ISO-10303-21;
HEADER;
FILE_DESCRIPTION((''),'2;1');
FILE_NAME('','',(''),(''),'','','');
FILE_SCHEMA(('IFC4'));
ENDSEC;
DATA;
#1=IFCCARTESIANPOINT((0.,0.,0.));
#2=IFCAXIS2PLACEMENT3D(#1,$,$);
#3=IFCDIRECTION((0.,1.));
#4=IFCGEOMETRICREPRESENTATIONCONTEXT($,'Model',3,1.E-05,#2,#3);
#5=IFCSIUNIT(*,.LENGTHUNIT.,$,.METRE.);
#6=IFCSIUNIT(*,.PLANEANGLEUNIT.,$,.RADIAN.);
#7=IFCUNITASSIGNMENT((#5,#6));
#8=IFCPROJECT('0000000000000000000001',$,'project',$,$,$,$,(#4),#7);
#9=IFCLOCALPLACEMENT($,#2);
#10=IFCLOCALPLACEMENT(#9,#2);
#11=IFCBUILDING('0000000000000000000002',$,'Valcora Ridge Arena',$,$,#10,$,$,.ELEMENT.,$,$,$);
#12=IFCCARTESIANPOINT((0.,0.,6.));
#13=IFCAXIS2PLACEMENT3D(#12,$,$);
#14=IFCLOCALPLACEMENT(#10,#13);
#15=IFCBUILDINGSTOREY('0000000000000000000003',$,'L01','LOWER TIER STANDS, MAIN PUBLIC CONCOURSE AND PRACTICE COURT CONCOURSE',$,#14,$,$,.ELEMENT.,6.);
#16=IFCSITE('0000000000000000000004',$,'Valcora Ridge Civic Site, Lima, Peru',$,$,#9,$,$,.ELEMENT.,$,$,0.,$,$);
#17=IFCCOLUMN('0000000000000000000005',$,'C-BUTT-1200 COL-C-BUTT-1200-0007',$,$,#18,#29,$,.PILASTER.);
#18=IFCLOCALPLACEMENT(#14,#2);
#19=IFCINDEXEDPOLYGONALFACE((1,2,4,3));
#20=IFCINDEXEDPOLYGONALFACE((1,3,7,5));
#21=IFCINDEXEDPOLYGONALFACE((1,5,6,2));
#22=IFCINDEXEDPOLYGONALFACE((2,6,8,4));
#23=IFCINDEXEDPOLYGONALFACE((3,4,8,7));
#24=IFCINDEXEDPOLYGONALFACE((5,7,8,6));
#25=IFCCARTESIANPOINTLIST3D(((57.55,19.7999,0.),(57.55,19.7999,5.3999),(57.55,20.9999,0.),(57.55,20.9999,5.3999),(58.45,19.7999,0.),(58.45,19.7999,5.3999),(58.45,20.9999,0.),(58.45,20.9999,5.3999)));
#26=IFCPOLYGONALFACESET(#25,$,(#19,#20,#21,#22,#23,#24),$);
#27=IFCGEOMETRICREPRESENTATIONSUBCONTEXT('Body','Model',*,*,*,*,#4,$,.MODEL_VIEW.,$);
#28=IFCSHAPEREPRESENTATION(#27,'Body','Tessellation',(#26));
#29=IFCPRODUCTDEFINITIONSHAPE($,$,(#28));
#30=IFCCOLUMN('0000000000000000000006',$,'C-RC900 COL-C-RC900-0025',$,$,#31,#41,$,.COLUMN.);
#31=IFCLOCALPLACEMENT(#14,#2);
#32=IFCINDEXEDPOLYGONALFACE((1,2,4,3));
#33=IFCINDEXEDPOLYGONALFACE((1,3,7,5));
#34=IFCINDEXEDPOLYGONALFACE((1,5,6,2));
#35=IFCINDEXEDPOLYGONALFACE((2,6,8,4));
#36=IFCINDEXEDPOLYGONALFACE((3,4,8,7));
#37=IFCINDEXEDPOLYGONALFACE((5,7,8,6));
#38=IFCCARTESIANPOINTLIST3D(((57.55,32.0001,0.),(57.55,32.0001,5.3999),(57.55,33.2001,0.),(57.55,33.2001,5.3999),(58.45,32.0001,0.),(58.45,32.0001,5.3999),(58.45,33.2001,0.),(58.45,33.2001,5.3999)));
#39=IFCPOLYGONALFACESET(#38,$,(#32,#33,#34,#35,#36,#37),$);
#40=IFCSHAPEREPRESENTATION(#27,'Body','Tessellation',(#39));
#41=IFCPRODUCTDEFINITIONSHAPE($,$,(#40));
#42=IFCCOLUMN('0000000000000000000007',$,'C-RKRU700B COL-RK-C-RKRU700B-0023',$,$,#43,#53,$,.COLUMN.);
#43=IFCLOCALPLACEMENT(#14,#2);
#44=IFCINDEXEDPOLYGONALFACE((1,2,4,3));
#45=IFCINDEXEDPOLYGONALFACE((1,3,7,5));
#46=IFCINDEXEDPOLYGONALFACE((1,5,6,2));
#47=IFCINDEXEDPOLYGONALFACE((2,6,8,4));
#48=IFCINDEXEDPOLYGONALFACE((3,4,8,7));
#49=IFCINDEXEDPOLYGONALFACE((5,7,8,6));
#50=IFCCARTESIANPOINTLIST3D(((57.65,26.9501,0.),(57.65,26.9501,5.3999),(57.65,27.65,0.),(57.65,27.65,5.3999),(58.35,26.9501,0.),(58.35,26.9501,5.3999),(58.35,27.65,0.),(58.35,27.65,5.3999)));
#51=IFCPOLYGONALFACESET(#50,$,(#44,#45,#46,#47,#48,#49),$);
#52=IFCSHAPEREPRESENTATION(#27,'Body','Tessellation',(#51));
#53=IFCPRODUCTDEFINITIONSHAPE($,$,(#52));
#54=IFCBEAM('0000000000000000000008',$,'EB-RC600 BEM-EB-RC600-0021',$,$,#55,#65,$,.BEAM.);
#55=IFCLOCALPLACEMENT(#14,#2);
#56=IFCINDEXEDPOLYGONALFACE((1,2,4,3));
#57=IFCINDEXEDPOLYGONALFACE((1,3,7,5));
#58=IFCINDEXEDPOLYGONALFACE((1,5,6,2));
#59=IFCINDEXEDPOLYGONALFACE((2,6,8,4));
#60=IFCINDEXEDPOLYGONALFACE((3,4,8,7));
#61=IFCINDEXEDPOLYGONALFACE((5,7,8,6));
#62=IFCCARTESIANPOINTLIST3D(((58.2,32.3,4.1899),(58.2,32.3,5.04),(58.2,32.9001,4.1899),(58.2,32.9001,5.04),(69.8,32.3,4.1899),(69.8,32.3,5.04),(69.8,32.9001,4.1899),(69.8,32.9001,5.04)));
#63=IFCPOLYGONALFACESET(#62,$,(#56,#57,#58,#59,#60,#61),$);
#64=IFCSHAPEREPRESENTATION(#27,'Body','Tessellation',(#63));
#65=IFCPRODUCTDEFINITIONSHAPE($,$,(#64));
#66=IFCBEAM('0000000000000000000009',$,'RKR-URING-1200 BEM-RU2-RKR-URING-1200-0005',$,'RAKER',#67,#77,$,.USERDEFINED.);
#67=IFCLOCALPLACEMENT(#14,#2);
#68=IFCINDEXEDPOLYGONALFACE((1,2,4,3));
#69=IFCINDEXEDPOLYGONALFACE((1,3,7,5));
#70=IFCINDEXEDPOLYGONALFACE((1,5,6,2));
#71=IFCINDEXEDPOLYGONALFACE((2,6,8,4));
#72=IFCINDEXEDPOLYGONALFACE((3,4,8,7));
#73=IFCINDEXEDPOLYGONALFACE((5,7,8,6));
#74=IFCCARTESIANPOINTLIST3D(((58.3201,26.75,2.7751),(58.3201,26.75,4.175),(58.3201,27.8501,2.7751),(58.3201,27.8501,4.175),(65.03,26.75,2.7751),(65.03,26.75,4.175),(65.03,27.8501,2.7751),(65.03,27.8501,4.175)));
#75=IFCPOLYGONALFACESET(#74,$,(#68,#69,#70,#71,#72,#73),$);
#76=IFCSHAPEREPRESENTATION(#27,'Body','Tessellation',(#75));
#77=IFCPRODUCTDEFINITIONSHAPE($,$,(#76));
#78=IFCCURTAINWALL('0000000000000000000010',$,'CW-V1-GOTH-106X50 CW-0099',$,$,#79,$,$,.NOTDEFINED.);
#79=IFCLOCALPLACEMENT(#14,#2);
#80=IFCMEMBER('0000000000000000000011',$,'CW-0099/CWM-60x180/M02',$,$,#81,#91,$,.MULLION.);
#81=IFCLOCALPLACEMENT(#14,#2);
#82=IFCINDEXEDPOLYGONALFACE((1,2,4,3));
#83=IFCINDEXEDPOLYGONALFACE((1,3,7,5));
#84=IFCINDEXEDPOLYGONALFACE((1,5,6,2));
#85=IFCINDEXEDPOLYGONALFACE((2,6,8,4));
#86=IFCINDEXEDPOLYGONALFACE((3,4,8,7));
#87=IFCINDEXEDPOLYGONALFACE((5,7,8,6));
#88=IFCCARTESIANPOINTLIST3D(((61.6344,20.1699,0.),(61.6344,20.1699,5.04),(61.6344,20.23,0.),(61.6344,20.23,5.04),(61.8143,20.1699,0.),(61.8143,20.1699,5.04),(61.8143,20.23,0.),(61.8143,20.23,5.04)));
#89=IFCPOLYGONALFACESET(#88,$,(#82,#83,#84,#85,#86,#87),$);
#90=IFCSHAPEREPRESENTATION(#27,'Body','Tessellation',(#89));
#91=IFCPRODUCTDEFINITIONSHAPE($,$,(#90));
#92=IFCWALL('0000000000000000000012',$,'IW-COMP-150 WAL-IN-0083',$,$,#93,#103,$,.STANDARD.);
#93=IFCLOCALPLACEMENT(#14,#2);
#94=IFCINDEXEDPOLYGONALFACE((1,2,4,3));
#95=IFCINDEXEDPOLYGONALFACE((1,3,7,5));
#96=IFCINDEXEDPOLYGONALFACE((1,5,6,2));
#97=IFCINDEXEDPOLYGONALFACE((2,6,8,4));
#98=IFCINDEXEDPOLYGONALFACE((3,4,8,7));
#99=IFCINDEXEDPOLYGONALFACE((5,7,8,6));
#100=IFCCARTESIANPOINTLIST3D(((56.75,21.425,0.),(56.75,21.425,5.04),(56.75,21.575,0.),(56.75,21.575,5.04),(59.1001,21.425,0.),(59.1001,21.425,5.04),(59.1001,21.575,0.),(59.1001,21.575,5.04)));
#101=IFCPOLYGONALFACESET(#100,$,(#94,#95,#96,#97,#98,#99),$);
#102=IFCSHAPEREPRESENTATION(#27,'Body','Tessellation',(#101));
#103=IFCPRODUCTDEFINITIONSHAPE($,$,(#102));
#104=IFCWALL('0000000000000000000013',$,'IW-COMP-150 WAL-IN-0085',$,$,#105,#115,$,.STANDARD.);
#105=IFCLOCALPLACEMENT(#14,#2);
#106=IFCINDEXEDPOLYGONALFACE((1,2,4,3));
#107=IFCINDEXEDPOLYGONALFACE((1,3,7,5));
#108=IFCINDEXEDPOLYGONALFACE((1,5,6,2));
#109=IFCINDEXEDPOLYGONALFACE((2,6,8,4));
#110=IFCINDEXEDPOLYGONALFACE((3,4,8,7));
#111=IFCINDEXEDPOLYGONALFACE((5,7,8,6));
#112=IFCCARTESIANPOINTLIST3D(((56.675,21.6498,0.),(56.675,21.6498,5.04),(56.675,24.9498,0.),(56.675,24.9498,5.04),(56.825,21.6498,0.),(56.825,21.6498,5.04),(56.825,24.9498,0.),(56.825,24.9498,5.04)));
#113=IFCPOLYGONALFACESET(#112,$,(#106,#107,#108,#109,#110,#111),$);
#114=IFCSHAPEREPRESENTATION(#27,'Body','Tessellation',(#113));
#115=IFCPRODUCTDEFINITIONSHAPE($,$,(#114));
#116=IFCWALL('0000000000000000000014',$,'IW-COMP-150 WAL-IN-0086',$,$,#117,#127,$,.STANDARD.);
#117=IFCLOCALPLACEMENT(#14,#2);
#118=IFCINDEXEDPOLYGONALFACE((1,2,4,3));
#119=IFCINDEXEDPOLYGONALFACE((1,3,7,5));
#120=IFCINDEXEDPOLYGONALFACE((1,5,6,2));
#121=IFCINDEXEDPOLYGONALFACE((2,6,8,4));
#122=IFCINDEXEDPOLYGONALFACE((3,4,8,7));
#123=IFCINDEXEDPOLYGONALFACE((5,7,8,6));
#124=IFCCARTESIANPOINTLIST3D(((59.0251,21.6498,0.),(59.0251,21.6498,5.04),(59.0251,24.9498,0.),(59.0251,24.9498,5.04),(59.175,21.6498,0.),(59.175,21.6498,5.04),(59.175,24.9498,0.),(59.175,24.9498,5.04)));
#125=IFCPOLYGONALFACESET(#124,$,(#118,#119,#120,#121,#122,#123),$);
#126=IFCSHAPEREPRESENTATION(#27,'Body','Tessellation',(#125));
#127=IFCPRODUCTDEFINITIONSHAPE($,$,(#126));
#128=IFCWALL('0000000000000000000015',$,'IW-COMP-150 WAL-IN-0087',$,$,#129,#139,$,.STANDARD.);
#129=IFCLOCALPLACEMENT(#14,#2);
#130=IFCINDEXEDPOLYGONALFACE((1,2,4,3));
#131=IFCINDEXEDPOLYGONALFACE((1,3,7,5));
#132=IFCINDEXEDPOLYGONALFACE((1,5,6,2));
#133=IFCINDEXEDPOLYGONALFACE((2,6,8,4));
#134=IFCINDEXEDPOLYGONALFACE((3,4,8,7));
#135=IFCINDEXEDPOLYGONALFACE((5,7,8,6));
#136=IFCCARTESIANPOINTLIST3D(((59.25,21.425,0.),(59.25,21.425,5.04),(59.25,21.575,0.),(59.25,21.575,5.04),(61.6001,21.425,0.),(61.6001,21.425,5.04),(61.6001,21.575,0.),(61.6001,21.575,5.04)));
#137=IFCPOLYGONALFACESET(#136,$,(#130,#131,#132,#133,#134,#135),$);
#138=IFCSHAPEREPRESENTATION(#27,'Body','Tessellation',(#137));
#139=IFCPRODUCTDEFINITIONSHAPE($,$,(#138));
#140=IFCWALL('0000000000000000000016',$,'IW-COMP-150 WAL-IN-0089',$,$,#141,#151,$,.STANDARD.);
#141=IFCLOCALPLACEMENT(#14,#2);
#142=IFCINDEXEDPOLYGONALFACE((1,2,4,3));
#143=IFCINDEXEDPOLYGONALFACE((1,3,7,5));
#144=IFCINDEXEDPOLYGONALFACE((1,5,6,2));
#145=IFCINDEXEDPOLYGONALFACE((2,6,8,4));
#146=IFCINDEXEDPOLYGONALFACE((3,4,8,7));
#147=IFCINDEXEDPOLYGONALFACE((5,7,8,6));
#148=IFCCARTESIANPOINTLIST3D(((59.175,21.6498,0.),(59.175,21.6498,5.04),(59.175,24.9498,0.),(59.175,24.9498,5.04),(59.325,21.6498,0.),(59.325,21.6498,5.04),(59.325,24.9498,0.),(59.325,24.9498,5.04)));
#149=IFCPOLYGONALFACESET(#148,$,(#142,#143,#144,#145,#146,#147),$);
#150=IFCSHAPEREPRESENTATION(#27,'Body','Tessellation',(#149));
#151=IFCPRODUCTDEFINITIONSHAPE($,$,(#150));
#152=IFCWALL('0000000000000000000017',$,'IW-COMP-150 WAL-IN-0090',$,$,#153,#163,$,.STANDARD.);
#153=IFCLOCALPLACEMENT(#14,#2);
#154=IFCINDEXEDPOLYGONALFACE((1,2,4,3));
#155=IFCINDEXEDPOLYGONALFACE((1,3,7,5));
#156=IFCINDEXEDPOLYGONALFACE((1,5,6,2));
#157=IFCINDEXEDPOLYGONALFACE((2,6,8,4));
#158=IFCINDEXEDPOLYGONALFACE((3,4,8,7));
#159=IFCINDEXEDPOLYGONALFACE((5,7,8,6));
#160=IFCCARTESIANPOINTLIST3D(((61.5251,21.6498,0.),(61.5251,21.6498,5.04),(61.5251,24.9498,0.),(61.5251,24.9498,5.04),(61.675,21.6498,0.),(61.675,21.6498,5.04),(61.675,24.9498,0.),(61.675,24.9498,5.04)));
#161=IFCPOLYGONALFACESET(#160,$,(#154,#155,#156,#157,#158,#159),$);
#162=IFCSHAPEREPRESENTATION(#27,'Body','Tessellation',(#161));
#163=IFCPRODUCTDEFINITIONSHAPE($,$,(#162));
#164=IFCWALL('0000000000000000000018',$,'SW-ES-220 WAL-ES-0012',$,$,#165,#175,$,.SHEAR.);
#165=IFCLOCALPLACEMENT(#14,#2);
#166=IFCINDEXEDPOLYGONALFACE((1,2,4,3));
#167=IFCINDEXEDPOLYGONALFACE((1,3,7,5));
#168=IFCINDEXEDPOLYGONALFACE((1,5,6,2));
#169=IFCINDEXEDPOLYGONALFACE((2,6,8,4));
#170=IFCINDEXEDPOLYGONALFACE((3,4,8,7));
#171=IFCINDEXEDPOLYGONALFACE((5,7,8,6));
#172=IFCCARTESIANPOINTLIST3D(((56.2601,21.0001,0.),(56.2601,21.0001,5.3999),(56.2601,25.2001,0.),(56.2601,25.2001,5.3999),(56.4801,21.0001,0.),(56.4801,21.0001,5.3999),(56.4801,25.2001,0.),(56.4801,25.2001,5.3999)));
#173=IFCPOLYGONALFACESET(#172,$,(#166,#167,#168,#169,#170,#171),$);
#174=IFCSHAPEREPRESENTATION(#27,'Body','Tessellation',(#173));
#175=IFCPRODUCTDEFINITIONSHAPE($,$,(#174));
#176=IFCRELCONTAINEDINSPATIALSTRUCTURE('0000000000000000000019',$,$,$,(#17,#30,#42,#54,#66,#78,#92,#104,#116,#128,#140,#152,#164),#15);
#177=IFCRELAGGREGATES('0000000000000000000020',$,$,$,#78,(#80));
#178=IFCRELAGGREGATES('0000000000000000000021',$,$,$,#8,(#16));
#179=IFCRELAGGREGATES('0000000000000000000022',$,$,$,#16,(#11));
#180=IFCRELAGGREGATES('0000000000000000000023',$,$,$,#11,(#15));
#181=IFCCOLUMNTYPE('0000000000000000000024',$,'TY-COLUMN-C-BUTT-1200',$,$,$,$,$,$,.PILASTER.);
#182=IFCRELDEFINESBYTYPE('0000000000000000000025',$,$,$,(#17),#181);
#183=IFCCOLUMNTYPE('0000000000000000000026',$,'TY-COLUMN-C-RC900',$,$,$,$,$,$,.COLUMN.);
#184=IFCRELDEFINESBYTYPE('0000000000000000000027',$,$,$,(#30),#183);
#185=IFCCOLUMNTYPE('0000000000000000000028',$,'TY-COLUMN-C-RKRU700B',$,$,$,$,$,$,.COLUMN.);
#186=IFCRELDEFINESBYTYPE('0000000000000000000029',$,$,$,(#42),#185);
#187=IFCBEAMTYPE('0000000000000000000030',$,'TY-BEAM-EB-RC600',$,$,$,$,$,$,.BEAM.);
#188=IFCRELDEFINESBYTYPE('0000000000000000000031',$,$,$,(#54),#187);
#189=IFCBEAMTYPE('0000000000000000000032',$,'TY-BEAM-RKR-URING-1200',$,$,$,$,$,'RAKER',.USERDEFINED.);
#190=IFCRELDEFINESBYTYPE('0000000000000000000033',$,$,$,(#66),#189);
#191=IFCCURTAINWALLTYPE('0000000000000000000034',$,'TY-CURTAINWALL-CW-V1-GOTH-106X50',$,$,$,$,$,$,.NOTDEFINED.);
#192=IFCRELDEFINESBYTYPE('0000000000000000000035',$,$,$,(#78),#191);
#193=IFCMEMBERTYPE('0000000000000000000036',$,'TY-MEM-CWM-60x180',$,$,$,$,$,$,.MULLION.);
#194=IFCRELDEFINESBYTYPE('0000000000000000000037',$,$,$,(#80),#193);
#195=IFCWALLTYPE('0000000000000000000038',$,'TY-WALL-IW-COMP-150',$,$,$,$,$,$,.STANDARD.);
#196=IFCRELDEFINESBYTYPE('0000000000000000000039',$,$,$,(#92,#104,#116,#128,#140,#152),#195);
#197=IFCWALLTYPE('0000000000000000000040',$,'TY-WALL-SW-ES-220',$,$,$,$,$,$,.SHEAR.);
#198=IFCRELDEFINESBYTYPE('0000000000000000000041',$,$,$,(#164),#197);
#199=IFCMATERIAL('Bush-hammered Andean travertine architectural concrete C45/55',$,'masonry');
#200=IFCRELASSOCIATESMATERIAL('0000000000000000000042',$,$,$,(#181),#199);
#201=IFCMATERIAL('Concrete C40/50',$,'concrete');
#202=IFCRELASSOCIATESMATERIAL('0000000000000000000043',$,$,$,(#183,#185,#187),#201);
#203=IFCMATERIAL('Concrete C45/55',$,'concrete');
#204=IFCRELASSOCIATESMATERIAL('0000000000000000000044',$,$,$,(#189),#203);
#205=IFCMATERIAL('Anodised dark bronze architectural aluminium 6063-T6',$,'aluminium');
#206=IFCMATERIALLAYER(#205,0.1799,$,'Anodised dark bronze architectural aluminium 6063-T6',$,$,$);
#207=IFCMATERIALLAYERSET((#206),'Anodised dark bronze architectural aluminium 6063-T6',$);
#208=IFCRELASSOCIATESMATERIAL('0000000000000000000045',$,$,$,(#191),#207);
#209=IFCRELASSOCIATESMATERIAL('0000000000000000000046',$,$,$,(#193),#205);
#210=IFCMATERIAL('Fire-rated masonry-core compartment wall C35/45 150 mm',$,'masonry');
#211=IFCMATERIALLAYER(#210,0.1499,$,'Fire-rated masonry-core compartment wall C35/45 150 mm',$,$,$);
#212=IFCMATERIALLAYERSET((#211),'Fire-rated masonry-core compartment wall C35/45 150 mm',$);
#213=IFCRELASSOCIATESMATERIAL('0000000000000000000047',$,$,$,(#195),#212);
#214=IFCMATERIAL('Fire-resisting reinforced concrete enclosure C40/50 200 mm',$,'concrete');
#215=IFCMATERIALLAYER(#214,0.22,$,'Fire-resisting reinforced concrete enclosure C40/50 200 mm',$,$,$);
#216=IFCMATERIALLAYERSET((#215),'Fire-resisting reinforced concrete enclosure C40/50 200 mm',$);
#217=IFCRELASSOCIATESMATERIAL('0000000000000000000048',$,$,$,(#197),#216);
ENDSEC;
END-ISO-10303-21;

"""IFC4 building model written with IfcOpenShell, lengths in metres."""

from ifc_helpers import new_model, si_unit, direction, frame, frame_2d, origin, origin_2d, place, context, subcontext, project, spatial, rectangle, extrude, material, layer, layer_set, material_profile, profile_set, type_object, element, aggregate, save


model = new_model("IFC4")

# Units and contexts
model_context = context("Model", 3, precision=1e-05, world=origin(), true_north=direction((0.0, 1.0)))
body_context = subcontext(model_context, "Body", "Model", "MODEL_VIEW")
ifc_project = project(units=[si_unit("LENGTHUNIT", "METRE"), si_unit("PLANEANGLEUNIT", "RADIAN")], contexts=[model_context])

# Site, building, storey
site_placement = place(None, origin())
site = spatial("IfcSite", under=ifc_project, at=site_placement, Name="Valcora Ridge Civic Site, Lima, Peru", CompositionType="ELEMENT", RefElevation=0.0)
building_placement = place(site_placement, origin())
building = spatial("IfcBuilding", under=site, at=building_placement, Name="Valcora Ridge Arena", CompositionType="ELEMENT")
storey_placement = place(building_placement, frame((0.0, 0.0, 6.0)))
storey = spatial("IfcBuildingStorey", under=building, at=storey_placement, Name="L01", Description="LOWER TIER STANDS, MAIN PUBLIC CONCOURSE AND PRACTICE COURT CONCOURSE", CompositionType="ELEMENT", Elevation=6.0)

# Columns
ifc_material_1 = material(Name="Bush-hammered Andean travertine architectural concrete C45/55", Category="masonry")
ifc_material_profile_1 = material_profile(ifc_material_1, rectangle(XDim=0.8999, YDim=1.2, at=origin_2d()), Name="RC 900x1200")
ifc_profile_set_1 = profile_set([ifc_material_profile_1], Name="Bush-hammered Andean travertine architectural concrete C45/55")
column_type_1 = type_object("IfcColumnType", Name="TY-COLUMN-C-BUTT-1200", PredefinedType="PILASTER", material=ifc_profile_set_1)
column_1_placement = place(storey_placement, frame((58.0, 20.3999, 0.0), z_axis=(0.0, 0.0, 1.0), x_axis=(1.0, 0.0, 0.0)))
element("IfcColumn", 1, at=column_1_placement, inside=storey, type_object=column_type_1, Name="C-BUTT-1200 COL-C-BUTT-1200-0007", PredefinedType="PILASTER", context=body_context, shape_type="SweptSolid", body=[
    extrude(rectangle(XDim=0.8999, YDim=1.2, at=origin_2d()), origin(), (0.0, 0.0, 1.0), 5.3999),
])
ifc_material_2 = material(Name="Concrete C40/50", Category="concrete")
ifc_material_profile_2 = material_profile(ifc_material_2, rectangle(XDim=0.8999, YDim=1.2, at=origin_2d()), Name="RC 900x1200")
ifc_profile_set_2 = profile_set([ifc_material_profile_2], Name="Concrete C40/50")
column_type_2 = type_object("IfcColumnType", Name="TY-COLUMN-C-RC900", PredefinedType="COLUMN", material=ifc_profile_set_2)
column_2_placement = place(storey_placement, frame((58.0, 32.6001, 0.0), z_axis=(0.0, 0.0, 1.0), x_axis=(1.0, 0.0, 0.0)))
element("IfcColumn", 2, at=column_2_placement, inside=storey, type_object=column_type_2, Name="C-RC900 COL-C-RC900-0025", PredefinedType="COLUMN", context=body_context, shape_type="SweptSolid", body=[
    extrude(rectangle(XDim=0.8999, YDim=1.2, at=origin_2d()), origin(), (0.0, 0.0, 1.0), 5.3999),
])
ifc_material_profile_3 = material_profile(ifc_material_2, rectangle(XDim=0.7, YDim=0.7, at=origin_2d()), Name="RC 700x700")
ifc_profile_set_3 = profile_set([ifc_material_profile_3], Name="Concrete C40/50")
column_type_3 = type_object("IfcColumnType", Name="TY-COLUMN-C-RKRU700B", PredefinedType="COLUMN", material=ifc_profile_set_3)
column_3_placement = place(storey_placement, frame((58.0, 27.3, 0.0), z_axis=(0.0, 0.0, 1.0), x_axis=(1.0, 0.0, 0.0)))
element("IfcColumn", 3, at=column_3_placement, inside=storey, type_object=column_type_3, Name="C-RKRU700B COL-RK-C-RKRU700B-0023", PredefinedType="COLUMN", context=body_context, shape_type="SweptSolid", body=[
    extrude(rectangle(XDim=0.7, YDim=0.7, at=origin_2d()), origin(), (0.0, 0.0, 1.0), 5.3999),
])

# Beams
ifc_material_profile_4 = material_profile(ifc_material_2, rectangle(XDim=0.6001, YDim=0.8501, at=origin_2d()), Name="RC 600x850")
ifc_profile_set_4 = profile_set([ifc_material_profile_4], Name="Concrete C40/50")
beam_type_1 = type_object("IfcBeamType", Name="TY-BEAM-EB-RC600", PredefinedType="BEAM", material=ifc_profile_set_4)
beam_1_placement = place(storey_placement, frame((58.2, 32.6001, 4.615), z_axis=(1.0, 0.0, 0.0), x_axis=(0.0, 1.0, 0.0)))
element("IfcBeam", 4, at=beam_1_placement, inside=storey, type_object=beam_type_1, Name="EB-RC600 BEM-EB-RC600-0021", PredefinedType="BEAM", context=body_context, shape_type="SweptSolid", body=[
    extrude(rectangle(XDim=0.6001, YDim=0.8501, at=origin_2d()), origin(), (0.0, 0.0, 1.0), 11.6001),
])
ifc_material_3 = material(Name="Concrete C45/55", Category="concrete")
ifc_material_profile_5 = material_profile(ifc_material_3, rectangle(XDim=1.1001, YDim=1.3999, at=origin_2d()), Name="RC 1100x1400")
ifc_profile_set_5 = profile_set([ifc_material_profile_5], Name="Concrete C45/55")
beam_type_2 = type_object("IfcBeamType", Name="TY-BEAM-RKR-URING-1200", ElementType="RAKER", PredefinedType="USERDEFINED", material=ifc_profile_set_5)
beam_2_placement = place(storey_placement, frame((58.3201, 27.3, 3.4751), z_axis=(1.0, 0.0, 0.0), x_axis=(0.0, 1.0, 0.0)))
element("IfcBeam", 5, at=beam_2_placement, inside=storey, type_object=beam_type_2, Name="RKR-URING-1200 BEM-RU2-RKR-URING-1200-0005", ObjectType="RAKER", PredefinedType="USERDEFINED", context=body_context, shape_type="SweptSolid", body=[
    extrude(rectangle(XDim=1.1001, YDim=1.3999, at=origin_2d()), origin(), (0.0, 0.0, 1.0), 6.71),
])

# Curtain wall, member
ifc_material_4 = material(Name="Anodised dark bronze architectural aluminium 6063-T6", Category="aluminium")
ifc_layer_1 = layer(ifc_material_4, 0.1799, Name="Anodised dark bronze architectural aluminium 6063-T6")
ifc_layer_set_1 = layer_set([ifc_layer_1], Name="Anodised dark bronze architectural aluminium 6063-T6")
curtain_wall_type = type_object("IfcCurtainWallType", Name="TY-CURTAINWALL-CW-V1-GOTH-106X50", PredefinedType="NOTDEFINED", material=ifc_layer_set_1)
curtain_wall_placement = place(storey_placement, origin())
curtain_wall = element("IfcCurtainWall", 6, at=curtain_wall_placement, inside=storey, type_object=curtain_wall_type, Name="CW-V1-GOTH-106X50 CW-0099", PredefinedType="NOTDEFINED")
ifc_material_profile_6 = material_profile(ifc_material_4, rectangle(XDim=0.0601, YDim=0.1799, at=origin_2d()), Name="ALU MULLION 60x180")
ifc_profile_set_6 = profile_set([ifc_material_profile_6], Name="Anodised dark bronze architectural aluminium 6063-T6")
member_type = type_object("IfcMemberType", Name="TY-MEM-CWM-60x180", PredefinedType="MULLION", material=ifc_profile_set_6)
member_placement = place(storey_placement, frame((61.7244, 20.2, 0.0), z_axis=(0.0, 0.0, 1.0), x_axis=(0.0, 1.0, 0.0)))
member = element("IfcMember", 7, at=member_placement, type_object=member_type, Name="CW-0099/CWM-60x180/M02", PredefinedType="MULLION", context=body_context, shape_type="SweptSolid", body=[
    extrude(rectangle(XDim=0.0601, YDim=0.1799, at=origin_2d()), origin(), (0.0, 0.0, 1.0), 5.04),
])
aggregate(curtain_wall, [member])

# Wall
ifc_material_5 = material(Name="Fire-rated masonry-core compartment wall C35/45 150 mm", Category="masonry")
ifc_layer_2 = layer(ifc_material_5, 0.1499, Name="Fire-rated masonry-core compartment wall C35/45 150 mm")
ifc_layer_set_2 = layer_set([ifc_layer_2], Name="Fire-rated masonry-core compartment wall C35/45 150 mm")
wall_type_1 = type_object("IfcWallType", Name="TY-WALL-IW-COMP-150", PredefinedType="STANDARD", material=ifc_layer_set_2)
wall_1_placement = place(storey_placement, frame((56.75, 21.5, 0.0), z_axis=(0.0, 0.0, 1.0), x_axis=(1.0, 0.0, 0.0)))
element("IfcWall", 8, at=wall_1_placement, inside=storey, type_object=wall_type_1, Name="IW-COMP-150 WAL-IN-0083", PredefinedType="STANDARD", context=body_context, shape_type="SweptSolid", body=[
    extrude(rectangle(XDim=2.3501, YDim=0.1499, at=frame_2d((1.175, 0.0))), origin(), (0.0, 0.0, 1.0), 5.04),
])

# Walls
for number, where, z_axis, x_axis, name in (
    (9, (56.75, 21.6499, 0.0), (0.0, 0.0, 1.0), (0.0, 1.0, 0.0), "IW-COMP-150 WAL-IN-0085"),
    (10, (59.1001, 21.6499, 0.0), (0.0, 0.0, 1.0), (0.0, 1.0, 0.0), "IW-COMP-150 WAL-IN-0086"),
):
    element("IfcWall", number, at=place(storey_placement, frame(where, z_axis=z_axis, x_axis=x_axis)), inside=storey, type_object=wall_type_1, Name=name, PredefinedType="STANDARD", context=body_context, shape_type="SweptSolid", body=[
        extrude(rectangle(XDim=3.3, YDim=0.1499, at=frame_2d((1.6499, 0.0))), origin(), (0.0, 0.0, 1.0), 5.04),
    ])
wall_2_placement = place(storey_placement, frame((59.25, 21.5, 0.0), z_axis=(0.0, 0.0, 1.0), x_axis=(1.0, 0.0, 0.0)))
element("IfcWall", 11, at=wall_2_placement, inside=storey, type_object=wall_type_1, Name="IW-COMP-150 WAL-IN-0087", PredefinedType="STANDARD", context=body_context, shape_type="SweptSolid", body=[
    extrude(rectangle(XDim=2.3501, YDim=0.1499, at=frame_2d((1.175, 0.0))), origin(), (0.0, 0.0, 1.0), 5.04),
])

# Walls
for number, where, z_axis, x_axis, name in (
    (12, (59.25, 21.6499, 0.0), (0.0, 0.0, 1.0), (0.0, 1.0, 0.0), "IW-COMP-150 WAL-IN-0089"),
    (13, (61.6001, 21.6499, 0.0), (0.0, 0.0, 1.0), (0.0, 1.0, 0.0), "IW-COMP-150 WAL-IN-0090"),
):
    element("IfcWall", number, at=place(storey_placement, frame(where, z_axis=z_axis, x_axis=x_axis)), inside=storey, type_object=wall_type_1, Name=name, PredefinedType="STANDARD", context=body_context, shape_type="SweptSolid", body=[
        extrude(rectangle(XDim=3.3, YDim=0.1499, at=frame_2d((1.6499, 0.0))), origin(), (0.0, 0.0, 1.0), 5.04),
    ])
ifc_material_6 = material(Name="Fire-resisting reinforced concrete enclosure C40/50 200 mm", Category="concrete")
ifc_layer_3 = layer(ifc_material_6, 0.22, Name="Fire-resisting reinforced concrete enclosure C40/50 200 mm")
ifc_layer_set_3 = layer_set([ifc_layer_3], Name="Fire-resisting reinforced concrete enclosure C40/50 200 mm")
wall_type_2 = type_object("IfcWallType", Name="TY-WALL-SW-ES-220", PredefinedType="SHEAR", material=ifc_layer_set_3)
wall_3_placement = place(storey_placement, frame((56.3701, 21.0, 0.0), z_axis=(0.0, 0.0, 1.0), x_axis=(0.0, 1.0, 0.0)))
element("IfcWall", 14, at=wall_3_placement, inside=storey, type_object=wall_type_2, Name="SW-ES-220 WAL-ES-0012", PredefinedType="SHEAR", context=body_context, shape_type="SweptSolid", body=[
    extrude(rectangle(XDim=4.2, YDim=0.22, at=frame_2d((2.1001, 0.0))), origin(), (0.0, 0.0, 1.0), 5.3999),
])

save(model, "model.ifc")
